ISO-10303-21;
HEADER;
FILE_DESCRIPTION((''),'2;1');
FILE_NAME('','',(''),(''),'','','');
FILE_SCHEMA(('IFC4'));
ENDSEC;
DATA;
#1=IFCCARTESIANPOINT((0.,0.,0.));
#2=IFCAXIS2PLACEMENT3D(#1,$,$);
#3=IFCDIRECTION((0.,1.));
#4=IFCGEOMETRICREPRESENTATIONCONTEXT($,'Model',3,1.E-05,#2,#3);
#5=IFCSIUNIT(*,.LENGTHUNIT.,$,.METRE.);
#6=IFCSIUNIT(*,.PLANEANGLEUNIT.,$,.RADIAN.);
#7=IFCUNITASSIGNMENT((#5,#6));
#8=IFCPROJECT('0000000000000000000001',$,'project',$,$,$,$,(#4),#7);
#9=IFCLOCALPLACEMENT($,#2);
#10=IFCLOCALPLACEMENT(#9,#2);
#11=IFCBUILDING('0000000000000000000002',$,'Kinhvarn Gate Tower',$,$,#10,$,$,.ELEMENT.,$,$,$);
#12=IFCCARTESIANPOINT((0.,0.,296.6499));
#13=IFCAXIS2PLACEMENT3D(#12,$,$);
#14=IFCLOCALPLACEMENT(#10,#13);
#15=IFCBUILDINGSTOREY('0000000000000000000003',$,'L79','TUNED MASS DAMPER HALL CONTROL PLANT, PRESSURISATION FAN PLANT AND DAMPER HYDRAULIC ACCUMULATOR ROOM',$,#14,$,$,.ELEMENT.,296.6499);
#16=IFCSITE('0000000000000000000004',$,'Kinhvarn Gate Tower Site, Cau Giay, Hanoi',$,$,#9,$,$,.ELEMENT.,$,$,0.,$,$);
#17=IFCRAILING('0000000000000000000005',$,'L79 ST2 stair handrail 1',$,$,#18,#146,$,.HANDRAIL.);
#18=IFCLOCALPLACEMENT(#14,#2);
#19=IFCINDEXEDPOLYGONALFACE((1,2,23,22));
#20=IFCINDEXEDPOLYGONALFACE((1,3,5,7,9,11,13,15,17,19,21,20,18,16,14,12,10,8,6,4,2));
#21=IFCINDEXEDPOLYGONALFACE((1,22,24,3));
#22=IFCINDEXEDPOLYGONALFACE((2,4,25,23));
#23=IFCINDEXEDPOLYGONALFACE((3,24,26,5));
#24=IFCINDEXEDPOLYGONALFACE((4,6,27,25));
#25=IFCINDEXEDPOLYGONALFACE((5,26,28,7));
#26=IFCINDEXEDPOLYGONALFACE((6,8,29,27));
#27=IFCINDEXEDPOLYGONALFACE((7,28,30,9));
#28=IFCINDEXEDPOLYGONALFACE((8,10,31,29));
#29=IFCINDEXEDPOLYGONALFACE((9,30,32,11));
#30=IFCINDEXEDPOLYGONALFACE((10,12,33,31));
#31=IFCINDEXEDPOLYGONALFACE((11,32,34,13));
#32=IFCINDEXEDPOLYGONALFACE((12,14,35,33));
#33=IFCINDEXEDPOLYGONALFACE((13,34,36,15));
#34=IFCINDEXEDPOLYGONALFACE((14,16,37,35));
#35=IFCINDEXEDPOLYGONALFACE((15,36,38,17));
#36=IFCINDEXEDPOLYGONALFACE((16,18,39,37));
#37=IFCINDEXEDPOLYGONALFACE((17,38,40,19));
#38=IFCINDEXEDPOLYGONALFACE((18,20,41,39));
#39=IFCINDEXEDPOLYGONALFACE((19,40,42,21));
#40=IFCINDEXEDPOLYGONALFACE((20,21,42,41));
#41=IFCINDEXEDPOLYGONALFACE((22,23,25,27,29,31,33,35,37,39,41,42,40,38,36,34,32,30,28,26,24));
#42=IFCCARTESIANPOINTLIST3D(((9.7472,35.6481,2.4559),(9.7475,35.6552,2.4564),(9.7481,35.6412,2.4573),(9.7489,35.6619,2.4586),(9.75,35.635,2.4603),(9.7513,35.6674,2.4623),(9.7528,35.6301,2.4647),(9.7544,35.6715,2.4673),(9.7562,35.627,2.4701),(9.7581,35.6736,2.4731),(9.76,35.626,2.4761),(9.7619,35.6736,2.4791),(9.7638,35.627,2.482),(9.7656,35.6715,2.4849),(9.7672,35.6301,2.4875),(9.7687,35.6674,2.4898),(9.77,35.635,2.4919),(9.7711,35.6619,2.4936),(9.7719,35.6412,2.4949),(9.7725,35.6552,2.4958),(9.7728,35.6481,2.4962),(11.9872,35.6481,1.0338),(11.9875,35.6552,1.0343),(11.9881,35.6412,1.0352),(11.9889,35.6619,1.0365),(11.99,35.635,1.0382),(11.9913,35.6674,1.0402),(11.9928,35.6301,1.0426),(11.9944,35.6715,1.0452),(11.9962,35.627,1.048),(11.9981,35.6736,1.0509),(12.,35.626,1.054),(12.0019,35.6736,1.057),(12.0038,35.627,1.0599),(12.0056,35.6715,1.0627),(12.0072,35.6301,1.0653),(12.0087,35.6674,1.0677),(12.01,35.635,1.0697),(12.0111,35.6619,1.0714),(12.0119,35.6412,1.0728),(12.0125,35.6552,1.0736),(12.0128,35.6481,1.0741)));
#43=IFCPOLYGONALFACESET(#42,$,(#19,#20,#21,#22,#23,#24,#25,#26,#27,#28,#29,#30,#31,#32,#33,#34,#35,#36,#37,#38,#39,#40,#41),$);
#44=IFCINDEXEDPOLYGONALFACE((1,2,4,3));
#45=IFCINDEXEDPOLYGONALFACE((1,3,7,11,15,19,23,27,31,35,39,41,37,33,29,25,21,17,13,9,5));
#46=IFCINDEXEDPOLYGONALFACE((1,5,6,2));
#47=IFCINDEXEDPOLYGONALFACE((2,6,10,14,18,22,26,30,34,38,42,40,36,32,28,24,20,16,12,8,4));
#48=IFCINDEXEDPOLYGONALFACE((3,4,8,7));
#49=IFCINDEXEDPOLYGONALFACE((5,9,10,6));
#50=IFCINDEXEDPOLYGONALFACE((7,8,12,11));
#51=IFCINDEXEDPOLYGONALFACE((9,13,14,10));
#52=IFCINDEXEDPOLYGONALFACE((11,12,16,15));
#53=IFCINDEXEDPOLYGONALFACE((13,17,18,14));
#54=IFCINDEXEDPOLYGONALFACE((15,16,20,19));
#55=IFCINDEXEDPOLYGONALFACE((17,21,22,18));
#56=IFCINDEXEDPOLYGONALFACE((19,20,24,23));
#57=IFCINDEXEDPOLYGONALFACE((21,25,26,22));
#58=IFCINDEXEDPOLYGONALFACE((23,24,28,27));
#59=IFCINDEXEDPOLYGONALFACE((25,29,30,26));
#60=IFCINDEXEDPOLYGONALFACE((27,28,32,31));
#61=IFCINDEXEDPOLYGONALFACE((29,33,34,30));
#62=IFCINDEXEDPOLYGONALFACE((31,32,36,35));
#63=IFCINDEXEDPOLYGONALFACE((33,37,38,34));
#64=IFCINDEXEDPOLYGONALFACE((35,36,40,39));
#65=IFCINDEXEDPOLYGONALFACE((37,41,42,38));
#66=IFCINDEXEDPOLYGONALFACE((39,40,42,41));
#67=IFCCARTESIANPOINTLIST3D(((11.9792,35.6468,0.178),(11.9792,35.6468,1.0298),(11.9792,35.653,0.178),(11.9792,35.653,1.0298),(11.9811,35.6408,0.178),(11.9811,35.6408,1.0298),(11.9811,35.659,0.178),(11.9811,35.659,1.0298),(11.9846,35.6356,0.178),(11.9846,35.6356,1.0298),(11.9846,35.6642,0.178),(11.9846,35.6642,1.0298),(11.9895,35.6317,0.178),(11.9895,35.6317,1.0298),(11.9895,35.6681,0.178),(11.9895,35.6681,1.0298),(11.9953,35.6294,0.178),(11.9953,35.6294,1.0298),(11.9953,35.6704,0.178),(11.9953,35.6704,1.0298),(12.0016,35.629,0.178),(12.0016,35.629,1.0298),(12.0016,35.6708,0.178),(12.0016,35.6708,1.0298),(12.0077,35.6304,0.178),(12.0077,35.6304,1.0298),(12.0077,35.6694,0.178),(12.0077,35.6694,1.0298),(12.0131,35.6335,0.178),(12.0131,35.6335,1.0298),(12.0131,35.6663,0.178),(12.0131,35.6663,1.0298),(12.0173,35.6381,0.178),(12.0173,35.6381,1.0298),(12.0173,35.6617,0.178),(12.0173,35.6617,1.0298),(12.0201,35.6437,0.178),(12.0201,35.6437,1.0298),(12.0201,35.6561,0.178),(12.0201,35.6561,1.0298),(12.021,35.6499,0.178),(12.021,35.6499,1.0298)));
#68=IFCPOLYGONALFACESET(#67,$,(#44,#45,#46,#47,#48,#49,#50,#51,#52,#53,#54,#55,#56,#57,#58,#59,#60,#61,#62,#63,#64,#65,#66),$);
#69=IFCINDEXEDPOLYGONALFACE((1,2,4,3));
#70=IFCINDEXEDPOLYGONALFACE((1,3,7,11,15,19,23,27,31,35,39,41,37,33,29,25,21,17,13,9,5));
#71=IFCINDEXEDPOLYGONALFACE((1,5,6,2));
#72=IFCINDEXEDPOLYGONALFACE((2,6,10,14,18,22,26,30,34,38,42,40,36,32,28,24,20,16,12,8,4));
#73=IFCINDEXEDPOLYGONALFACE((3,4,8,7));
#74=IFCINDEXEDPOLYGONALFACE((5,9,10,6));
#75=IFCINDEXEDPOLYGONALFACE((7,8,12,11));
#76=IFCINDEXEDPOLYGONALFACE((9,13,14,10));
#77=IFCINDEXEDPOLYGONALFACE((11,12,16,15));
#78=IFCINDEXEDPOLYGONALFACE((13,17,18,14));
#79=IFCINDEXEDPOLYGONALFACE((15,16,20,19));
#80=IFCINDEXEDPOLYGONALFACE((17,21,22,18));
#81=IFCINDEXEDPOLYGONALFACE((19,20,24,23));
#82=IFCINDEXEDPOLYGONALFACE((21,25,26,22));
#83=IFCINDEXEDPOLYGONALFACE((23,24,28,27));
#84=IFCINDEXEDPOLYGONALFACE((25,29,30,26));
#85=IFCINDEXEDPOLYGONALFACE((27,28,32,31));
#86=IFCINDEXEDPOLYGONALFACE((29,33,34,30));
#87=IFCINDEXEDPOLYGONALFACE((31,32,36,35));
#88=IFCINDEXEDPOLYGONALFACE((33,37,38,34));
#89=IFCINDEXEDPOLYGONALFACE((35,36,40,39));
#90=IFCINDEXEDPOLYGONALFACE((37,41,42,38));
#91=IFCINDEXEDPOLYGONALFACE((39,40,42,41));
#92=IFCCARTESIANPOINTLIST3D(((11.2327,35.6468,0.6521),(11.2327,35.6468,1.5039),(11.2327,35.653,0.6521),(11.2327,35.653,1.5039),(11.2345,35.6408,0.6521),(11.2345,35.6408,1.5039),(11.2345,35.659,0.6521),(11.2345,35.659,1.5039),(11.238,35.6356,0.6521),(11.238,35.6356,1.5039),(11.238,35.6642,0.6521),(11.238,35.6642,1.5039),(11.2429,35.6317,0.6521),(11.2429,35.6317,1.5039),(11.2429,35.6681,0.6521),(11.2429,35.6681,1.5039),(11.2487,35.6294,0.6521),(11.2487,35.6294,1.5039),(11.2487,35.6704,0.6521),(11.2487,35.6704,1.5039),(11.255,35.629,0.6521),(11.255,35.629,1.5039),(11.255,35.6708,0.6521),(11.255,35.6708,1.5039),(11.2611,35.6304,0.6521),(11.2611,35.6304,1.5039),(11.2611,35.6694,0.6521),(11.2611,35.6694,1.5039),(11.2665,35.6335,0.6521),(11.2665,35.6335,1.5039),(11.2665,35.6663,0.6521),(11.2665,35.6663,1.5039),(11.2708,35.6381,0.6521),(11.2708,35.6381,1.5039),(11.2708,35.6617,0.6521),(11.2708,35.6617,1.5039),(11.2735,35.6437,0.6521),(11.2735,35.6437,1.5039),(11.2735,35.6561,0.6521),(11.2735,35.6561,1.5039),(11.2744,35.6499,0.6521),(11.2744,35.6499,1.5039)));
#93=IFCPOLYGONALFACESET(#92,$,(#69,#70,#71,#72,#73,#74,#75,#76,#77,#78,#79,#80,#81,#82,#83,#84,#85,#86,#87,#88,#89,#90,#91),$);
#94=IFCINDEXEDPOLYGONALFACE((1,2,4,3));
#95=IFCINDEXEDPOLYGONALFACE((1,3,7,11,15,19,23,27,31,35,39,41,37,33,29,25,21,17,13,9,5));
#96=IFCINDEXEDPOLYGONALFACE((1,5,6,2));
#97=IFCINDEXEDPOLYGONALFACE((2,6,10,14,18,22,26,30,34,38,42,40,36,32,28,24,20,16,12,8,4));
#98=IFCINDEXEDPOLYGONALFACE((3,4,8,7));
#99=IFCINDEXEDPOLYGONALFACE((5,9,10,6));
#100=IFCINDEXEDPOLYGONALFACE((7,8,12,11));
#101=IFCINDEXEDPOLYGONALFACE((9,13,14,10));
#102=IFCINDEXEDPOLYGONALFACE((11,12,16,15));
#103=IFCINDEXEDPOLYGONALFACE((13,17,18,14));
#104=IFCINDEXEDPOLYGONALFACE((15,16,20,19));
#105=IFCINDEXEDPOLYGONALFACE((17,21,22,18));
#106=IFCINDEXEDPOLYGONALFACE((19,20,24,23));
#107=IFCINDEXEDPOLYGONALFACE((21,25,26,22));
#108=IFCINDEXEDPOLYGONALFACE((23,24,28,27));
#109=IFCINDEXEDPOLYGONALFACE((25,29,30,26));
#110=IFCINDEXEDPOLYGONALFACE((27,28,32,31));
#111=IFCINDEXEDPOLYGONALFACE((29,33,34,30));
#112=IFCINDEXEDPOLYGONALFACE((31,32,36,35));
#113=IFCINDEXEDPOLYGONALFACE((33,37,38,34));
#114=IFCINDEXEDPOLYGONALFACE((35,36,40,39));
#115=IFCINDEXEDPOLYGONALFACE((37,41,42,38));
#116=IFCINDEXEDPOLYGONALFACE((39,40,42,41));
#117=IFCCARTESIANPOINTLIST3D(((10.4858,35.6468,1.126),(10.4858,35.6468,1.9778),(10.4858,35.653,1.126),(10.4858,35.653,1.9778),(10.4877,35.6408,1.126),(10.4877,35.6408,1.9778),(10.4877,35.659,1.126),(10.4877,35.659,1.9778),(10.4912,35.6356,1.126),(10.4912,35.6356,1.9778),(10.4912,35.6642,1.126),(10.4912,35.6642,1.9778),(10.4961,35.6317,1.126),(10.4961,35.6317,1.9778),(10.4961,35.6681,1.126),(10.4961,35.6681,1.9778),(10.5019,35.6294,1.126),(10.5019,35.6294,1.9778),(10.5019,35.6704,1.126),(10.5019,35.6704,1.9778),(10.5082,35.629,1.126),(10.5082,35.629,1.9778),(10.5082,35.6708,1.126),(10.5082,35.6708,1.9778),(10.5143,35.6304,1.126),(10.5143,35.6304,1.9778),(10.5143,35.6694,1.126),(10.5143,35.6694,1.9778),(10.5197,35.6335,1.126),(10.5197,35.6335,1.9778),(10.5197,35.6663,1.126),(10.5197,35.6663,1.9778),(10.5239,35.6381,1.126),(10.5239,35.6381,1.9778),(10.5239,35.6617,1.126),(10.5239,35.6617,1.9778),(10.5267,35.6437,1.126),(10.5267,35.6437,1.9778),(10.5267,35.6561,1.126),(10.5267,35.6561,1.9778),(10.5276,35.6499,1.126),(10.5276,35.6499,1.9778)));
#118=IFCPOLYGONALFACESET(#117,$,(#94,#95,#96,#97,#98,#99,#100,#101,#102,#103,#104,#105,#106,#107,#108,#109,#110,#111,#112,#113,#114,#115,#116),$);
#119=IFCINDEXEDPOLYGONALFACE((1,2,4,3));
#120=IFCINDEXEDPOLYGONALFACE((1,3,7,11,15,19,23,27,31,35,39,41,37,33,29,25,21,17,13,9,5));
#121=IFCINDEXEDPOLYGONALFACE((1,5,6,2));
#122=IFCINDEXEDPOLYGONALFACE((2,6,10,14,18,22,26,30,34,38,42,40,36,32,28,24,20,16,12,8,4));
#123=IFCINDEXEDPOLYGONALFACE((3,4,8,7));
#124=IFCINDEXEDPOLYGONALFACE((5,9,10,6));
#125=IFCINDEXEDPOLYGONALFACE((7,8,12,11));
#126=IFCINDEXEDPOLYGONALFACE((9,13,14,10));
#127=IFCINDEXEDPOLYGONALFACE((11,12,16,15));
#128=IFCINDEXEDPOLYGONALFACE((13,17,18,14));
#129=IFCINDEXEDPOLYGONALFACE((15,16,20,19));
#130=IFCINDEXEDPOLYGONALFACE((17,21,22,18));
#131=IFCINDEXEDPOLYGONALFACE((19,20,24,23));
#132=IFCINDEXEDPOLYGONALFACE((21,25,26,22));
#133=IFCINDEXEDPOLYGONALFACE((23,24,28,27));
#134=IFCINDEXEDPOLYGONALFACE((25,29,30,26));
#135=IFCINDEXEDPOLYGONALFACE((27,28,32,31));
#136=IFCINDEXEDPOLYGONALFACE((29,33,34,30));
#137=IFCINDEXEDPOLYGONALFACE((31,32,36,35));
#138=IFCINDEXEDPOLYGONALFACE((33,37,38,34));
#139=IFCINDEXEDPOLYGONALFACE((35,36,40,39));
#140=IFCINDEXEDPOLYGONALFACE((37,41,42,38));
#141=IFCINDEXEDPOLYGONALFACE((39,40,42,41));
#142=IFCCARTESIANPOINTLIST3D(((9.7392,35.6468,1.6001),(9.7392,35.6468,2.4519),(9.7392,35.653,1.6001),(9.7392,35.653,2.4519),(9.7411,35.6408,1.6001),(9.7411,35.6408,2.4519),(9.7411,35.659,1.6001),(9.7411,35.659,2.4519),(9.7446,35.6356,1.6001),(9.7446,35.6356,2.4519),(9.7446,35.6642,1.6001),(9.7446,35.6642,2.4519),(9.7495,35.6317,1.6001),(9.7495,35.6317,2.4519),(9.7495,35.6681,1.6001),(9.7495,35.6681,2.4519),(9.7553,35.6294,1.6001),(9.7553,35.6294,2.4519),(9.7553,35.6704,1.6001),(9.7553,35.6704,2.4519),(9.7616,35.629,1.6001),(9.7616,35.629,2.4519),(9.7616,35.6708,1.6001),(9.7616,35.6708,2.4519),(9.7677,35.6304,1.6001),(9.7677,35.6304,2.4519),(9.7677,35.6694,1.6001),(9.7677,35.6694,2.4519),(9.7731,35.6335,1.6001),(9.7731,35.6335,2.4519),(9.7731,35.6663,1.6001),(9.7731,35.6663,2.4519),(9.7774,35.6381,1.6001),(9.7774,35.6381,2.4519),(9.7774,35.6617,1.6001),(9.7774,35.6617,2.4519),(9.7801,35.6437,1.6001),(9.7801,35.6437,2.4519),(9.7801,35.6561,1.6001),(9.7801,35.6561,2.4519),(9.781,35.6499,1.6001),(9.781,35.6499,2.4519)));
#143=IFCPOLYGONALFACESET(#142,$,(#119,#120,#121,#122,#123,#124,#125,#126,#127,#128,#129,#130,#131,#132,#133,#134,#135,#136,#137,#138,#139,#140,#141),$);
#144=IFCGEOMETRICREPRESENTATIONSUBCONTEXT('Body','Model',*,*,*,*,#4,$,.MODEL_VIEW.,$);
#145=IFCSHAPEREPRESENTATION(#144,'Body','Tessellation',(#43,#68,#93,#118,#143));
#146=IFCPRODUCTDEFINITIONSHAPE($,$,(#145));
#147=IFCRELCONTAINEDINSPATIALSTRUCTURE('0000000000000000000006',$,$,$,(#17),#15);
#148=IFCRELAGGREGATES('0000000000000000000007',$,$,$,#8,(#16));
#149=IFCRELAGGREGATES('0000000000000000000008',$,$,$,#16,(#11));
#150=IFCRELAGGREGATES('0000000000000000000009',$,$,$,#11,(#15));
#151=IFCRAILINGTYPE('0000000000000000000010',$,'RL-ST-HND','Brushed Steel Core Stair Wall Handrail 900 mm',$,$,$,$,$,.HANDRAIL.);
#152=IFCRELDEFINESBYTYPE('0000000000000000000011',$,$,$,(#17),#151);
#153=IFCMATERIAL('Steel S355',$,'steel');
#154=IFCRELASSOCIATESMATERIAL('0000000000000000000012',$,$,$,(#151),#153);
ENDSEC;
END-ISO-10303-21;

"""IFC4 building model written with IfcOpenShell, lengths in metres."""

from ifc_helpers import new_model, si_unit, direction, frame, origin, origin_2d, place, context, subcontext, project, spatial, circle, extrude, material, type_object, element, save


model = new_model("IFC4")

# Units and contexts
model_context = context("Model", 3, precision=1e-05, world=origin(), true_north=direction((0.0, 1.0)))
body_context = subcontext(model_context, "Body", "Model", "MODEL_VIEW")
ifc_project = project(units=[si_unit("LENGTHUNIT", "METRE"), si_unit("PLANEANGLEUNIT", "RADIAN")], contexts=[model_context])

# Site, building, storey
site_placement = place(None, origin())
site = spatial("IfcSite", under=ifc_project, at=site_placement, Name="Kinhvarn Gate Tower Site, Cau Giay, Hanoi", CompositionType="ELEMENT", RefElevation=0.0)
building_placement = place(site_placement, origin())
building = spatial("IfcBuilding", under=site, at=building_placement, Name="Kinhvarn Gate Tower", CompositionType="ELEMENT")
storey_placement = place(building_placement, frame((0.0, 0.0, 296.6499)))
storey = spatial("IfcBuildingStorey", under=building, at=storey_placement, Name="L79", Description="TUNED MASS DAMPER HALL CONTROL PLANT, PRESSURISATION FAN PLANT AND DAMPER HYDRAULIC ACCUMULATOR ROOM", CompositionType="ELEMENT", Elevation=296.6499)

# Shared definitions
ifc_material_1 = material(Name="Steel S355", Category="steel")

# Railing
railing_type_1 = type_object("IfcRailingType", Name="RL-ST-HND", Description="Brushed Steel Core Stair Wall Handrail 900 mm", PredefinedType="HANDRAIL", material=ifc_material_1)
for number, where, name in (
    (1, (12.0, 35.6499, 0.178), "L79 ST2 stair handrail 1"),
):
    element("IfcRailing", number, at=place(storey_placement, frame(where)), inside=storey, type_object=railing_type_1, Name=name, PredefinedType="HANDRAIL", context=body_context, shape_type="SweptSolid", body=[
        extrude(circle(Radius=0.0239, at=origin_2d()), frame((0.0, 0.0, 0.876), z_axis=(-0.844229, 0.0, 0.535982), x_axis=(0.0, -1.0, 0.0)), (0.0, 0.0, 1.0), 2.6533),
        extrude(circle(Radius=0.021, at=origin_2d()), origin(), (0.0, 0.0, 1.0), 0.8518),
        extrude(circle(Radius=0.021, at=origin_2d()), frame((-0.7466, 0.0, 0.4741)), (0.0, 0.0, 1.0), 0.8518),
        extrude(circle(Radius=0.021, at=origin_2d()), frame((-1.4934, 0.0, 0.948)), (0.0, 0.0, 1.0), 0.8518),
        extrude(circle(Radius=0.021, at=origin_2d()), frame((-2.24, 0.0, 1.4221)), (0.0, 0.0, 1.0), 0.8518),
    ])

save(model, "model.ifc")
